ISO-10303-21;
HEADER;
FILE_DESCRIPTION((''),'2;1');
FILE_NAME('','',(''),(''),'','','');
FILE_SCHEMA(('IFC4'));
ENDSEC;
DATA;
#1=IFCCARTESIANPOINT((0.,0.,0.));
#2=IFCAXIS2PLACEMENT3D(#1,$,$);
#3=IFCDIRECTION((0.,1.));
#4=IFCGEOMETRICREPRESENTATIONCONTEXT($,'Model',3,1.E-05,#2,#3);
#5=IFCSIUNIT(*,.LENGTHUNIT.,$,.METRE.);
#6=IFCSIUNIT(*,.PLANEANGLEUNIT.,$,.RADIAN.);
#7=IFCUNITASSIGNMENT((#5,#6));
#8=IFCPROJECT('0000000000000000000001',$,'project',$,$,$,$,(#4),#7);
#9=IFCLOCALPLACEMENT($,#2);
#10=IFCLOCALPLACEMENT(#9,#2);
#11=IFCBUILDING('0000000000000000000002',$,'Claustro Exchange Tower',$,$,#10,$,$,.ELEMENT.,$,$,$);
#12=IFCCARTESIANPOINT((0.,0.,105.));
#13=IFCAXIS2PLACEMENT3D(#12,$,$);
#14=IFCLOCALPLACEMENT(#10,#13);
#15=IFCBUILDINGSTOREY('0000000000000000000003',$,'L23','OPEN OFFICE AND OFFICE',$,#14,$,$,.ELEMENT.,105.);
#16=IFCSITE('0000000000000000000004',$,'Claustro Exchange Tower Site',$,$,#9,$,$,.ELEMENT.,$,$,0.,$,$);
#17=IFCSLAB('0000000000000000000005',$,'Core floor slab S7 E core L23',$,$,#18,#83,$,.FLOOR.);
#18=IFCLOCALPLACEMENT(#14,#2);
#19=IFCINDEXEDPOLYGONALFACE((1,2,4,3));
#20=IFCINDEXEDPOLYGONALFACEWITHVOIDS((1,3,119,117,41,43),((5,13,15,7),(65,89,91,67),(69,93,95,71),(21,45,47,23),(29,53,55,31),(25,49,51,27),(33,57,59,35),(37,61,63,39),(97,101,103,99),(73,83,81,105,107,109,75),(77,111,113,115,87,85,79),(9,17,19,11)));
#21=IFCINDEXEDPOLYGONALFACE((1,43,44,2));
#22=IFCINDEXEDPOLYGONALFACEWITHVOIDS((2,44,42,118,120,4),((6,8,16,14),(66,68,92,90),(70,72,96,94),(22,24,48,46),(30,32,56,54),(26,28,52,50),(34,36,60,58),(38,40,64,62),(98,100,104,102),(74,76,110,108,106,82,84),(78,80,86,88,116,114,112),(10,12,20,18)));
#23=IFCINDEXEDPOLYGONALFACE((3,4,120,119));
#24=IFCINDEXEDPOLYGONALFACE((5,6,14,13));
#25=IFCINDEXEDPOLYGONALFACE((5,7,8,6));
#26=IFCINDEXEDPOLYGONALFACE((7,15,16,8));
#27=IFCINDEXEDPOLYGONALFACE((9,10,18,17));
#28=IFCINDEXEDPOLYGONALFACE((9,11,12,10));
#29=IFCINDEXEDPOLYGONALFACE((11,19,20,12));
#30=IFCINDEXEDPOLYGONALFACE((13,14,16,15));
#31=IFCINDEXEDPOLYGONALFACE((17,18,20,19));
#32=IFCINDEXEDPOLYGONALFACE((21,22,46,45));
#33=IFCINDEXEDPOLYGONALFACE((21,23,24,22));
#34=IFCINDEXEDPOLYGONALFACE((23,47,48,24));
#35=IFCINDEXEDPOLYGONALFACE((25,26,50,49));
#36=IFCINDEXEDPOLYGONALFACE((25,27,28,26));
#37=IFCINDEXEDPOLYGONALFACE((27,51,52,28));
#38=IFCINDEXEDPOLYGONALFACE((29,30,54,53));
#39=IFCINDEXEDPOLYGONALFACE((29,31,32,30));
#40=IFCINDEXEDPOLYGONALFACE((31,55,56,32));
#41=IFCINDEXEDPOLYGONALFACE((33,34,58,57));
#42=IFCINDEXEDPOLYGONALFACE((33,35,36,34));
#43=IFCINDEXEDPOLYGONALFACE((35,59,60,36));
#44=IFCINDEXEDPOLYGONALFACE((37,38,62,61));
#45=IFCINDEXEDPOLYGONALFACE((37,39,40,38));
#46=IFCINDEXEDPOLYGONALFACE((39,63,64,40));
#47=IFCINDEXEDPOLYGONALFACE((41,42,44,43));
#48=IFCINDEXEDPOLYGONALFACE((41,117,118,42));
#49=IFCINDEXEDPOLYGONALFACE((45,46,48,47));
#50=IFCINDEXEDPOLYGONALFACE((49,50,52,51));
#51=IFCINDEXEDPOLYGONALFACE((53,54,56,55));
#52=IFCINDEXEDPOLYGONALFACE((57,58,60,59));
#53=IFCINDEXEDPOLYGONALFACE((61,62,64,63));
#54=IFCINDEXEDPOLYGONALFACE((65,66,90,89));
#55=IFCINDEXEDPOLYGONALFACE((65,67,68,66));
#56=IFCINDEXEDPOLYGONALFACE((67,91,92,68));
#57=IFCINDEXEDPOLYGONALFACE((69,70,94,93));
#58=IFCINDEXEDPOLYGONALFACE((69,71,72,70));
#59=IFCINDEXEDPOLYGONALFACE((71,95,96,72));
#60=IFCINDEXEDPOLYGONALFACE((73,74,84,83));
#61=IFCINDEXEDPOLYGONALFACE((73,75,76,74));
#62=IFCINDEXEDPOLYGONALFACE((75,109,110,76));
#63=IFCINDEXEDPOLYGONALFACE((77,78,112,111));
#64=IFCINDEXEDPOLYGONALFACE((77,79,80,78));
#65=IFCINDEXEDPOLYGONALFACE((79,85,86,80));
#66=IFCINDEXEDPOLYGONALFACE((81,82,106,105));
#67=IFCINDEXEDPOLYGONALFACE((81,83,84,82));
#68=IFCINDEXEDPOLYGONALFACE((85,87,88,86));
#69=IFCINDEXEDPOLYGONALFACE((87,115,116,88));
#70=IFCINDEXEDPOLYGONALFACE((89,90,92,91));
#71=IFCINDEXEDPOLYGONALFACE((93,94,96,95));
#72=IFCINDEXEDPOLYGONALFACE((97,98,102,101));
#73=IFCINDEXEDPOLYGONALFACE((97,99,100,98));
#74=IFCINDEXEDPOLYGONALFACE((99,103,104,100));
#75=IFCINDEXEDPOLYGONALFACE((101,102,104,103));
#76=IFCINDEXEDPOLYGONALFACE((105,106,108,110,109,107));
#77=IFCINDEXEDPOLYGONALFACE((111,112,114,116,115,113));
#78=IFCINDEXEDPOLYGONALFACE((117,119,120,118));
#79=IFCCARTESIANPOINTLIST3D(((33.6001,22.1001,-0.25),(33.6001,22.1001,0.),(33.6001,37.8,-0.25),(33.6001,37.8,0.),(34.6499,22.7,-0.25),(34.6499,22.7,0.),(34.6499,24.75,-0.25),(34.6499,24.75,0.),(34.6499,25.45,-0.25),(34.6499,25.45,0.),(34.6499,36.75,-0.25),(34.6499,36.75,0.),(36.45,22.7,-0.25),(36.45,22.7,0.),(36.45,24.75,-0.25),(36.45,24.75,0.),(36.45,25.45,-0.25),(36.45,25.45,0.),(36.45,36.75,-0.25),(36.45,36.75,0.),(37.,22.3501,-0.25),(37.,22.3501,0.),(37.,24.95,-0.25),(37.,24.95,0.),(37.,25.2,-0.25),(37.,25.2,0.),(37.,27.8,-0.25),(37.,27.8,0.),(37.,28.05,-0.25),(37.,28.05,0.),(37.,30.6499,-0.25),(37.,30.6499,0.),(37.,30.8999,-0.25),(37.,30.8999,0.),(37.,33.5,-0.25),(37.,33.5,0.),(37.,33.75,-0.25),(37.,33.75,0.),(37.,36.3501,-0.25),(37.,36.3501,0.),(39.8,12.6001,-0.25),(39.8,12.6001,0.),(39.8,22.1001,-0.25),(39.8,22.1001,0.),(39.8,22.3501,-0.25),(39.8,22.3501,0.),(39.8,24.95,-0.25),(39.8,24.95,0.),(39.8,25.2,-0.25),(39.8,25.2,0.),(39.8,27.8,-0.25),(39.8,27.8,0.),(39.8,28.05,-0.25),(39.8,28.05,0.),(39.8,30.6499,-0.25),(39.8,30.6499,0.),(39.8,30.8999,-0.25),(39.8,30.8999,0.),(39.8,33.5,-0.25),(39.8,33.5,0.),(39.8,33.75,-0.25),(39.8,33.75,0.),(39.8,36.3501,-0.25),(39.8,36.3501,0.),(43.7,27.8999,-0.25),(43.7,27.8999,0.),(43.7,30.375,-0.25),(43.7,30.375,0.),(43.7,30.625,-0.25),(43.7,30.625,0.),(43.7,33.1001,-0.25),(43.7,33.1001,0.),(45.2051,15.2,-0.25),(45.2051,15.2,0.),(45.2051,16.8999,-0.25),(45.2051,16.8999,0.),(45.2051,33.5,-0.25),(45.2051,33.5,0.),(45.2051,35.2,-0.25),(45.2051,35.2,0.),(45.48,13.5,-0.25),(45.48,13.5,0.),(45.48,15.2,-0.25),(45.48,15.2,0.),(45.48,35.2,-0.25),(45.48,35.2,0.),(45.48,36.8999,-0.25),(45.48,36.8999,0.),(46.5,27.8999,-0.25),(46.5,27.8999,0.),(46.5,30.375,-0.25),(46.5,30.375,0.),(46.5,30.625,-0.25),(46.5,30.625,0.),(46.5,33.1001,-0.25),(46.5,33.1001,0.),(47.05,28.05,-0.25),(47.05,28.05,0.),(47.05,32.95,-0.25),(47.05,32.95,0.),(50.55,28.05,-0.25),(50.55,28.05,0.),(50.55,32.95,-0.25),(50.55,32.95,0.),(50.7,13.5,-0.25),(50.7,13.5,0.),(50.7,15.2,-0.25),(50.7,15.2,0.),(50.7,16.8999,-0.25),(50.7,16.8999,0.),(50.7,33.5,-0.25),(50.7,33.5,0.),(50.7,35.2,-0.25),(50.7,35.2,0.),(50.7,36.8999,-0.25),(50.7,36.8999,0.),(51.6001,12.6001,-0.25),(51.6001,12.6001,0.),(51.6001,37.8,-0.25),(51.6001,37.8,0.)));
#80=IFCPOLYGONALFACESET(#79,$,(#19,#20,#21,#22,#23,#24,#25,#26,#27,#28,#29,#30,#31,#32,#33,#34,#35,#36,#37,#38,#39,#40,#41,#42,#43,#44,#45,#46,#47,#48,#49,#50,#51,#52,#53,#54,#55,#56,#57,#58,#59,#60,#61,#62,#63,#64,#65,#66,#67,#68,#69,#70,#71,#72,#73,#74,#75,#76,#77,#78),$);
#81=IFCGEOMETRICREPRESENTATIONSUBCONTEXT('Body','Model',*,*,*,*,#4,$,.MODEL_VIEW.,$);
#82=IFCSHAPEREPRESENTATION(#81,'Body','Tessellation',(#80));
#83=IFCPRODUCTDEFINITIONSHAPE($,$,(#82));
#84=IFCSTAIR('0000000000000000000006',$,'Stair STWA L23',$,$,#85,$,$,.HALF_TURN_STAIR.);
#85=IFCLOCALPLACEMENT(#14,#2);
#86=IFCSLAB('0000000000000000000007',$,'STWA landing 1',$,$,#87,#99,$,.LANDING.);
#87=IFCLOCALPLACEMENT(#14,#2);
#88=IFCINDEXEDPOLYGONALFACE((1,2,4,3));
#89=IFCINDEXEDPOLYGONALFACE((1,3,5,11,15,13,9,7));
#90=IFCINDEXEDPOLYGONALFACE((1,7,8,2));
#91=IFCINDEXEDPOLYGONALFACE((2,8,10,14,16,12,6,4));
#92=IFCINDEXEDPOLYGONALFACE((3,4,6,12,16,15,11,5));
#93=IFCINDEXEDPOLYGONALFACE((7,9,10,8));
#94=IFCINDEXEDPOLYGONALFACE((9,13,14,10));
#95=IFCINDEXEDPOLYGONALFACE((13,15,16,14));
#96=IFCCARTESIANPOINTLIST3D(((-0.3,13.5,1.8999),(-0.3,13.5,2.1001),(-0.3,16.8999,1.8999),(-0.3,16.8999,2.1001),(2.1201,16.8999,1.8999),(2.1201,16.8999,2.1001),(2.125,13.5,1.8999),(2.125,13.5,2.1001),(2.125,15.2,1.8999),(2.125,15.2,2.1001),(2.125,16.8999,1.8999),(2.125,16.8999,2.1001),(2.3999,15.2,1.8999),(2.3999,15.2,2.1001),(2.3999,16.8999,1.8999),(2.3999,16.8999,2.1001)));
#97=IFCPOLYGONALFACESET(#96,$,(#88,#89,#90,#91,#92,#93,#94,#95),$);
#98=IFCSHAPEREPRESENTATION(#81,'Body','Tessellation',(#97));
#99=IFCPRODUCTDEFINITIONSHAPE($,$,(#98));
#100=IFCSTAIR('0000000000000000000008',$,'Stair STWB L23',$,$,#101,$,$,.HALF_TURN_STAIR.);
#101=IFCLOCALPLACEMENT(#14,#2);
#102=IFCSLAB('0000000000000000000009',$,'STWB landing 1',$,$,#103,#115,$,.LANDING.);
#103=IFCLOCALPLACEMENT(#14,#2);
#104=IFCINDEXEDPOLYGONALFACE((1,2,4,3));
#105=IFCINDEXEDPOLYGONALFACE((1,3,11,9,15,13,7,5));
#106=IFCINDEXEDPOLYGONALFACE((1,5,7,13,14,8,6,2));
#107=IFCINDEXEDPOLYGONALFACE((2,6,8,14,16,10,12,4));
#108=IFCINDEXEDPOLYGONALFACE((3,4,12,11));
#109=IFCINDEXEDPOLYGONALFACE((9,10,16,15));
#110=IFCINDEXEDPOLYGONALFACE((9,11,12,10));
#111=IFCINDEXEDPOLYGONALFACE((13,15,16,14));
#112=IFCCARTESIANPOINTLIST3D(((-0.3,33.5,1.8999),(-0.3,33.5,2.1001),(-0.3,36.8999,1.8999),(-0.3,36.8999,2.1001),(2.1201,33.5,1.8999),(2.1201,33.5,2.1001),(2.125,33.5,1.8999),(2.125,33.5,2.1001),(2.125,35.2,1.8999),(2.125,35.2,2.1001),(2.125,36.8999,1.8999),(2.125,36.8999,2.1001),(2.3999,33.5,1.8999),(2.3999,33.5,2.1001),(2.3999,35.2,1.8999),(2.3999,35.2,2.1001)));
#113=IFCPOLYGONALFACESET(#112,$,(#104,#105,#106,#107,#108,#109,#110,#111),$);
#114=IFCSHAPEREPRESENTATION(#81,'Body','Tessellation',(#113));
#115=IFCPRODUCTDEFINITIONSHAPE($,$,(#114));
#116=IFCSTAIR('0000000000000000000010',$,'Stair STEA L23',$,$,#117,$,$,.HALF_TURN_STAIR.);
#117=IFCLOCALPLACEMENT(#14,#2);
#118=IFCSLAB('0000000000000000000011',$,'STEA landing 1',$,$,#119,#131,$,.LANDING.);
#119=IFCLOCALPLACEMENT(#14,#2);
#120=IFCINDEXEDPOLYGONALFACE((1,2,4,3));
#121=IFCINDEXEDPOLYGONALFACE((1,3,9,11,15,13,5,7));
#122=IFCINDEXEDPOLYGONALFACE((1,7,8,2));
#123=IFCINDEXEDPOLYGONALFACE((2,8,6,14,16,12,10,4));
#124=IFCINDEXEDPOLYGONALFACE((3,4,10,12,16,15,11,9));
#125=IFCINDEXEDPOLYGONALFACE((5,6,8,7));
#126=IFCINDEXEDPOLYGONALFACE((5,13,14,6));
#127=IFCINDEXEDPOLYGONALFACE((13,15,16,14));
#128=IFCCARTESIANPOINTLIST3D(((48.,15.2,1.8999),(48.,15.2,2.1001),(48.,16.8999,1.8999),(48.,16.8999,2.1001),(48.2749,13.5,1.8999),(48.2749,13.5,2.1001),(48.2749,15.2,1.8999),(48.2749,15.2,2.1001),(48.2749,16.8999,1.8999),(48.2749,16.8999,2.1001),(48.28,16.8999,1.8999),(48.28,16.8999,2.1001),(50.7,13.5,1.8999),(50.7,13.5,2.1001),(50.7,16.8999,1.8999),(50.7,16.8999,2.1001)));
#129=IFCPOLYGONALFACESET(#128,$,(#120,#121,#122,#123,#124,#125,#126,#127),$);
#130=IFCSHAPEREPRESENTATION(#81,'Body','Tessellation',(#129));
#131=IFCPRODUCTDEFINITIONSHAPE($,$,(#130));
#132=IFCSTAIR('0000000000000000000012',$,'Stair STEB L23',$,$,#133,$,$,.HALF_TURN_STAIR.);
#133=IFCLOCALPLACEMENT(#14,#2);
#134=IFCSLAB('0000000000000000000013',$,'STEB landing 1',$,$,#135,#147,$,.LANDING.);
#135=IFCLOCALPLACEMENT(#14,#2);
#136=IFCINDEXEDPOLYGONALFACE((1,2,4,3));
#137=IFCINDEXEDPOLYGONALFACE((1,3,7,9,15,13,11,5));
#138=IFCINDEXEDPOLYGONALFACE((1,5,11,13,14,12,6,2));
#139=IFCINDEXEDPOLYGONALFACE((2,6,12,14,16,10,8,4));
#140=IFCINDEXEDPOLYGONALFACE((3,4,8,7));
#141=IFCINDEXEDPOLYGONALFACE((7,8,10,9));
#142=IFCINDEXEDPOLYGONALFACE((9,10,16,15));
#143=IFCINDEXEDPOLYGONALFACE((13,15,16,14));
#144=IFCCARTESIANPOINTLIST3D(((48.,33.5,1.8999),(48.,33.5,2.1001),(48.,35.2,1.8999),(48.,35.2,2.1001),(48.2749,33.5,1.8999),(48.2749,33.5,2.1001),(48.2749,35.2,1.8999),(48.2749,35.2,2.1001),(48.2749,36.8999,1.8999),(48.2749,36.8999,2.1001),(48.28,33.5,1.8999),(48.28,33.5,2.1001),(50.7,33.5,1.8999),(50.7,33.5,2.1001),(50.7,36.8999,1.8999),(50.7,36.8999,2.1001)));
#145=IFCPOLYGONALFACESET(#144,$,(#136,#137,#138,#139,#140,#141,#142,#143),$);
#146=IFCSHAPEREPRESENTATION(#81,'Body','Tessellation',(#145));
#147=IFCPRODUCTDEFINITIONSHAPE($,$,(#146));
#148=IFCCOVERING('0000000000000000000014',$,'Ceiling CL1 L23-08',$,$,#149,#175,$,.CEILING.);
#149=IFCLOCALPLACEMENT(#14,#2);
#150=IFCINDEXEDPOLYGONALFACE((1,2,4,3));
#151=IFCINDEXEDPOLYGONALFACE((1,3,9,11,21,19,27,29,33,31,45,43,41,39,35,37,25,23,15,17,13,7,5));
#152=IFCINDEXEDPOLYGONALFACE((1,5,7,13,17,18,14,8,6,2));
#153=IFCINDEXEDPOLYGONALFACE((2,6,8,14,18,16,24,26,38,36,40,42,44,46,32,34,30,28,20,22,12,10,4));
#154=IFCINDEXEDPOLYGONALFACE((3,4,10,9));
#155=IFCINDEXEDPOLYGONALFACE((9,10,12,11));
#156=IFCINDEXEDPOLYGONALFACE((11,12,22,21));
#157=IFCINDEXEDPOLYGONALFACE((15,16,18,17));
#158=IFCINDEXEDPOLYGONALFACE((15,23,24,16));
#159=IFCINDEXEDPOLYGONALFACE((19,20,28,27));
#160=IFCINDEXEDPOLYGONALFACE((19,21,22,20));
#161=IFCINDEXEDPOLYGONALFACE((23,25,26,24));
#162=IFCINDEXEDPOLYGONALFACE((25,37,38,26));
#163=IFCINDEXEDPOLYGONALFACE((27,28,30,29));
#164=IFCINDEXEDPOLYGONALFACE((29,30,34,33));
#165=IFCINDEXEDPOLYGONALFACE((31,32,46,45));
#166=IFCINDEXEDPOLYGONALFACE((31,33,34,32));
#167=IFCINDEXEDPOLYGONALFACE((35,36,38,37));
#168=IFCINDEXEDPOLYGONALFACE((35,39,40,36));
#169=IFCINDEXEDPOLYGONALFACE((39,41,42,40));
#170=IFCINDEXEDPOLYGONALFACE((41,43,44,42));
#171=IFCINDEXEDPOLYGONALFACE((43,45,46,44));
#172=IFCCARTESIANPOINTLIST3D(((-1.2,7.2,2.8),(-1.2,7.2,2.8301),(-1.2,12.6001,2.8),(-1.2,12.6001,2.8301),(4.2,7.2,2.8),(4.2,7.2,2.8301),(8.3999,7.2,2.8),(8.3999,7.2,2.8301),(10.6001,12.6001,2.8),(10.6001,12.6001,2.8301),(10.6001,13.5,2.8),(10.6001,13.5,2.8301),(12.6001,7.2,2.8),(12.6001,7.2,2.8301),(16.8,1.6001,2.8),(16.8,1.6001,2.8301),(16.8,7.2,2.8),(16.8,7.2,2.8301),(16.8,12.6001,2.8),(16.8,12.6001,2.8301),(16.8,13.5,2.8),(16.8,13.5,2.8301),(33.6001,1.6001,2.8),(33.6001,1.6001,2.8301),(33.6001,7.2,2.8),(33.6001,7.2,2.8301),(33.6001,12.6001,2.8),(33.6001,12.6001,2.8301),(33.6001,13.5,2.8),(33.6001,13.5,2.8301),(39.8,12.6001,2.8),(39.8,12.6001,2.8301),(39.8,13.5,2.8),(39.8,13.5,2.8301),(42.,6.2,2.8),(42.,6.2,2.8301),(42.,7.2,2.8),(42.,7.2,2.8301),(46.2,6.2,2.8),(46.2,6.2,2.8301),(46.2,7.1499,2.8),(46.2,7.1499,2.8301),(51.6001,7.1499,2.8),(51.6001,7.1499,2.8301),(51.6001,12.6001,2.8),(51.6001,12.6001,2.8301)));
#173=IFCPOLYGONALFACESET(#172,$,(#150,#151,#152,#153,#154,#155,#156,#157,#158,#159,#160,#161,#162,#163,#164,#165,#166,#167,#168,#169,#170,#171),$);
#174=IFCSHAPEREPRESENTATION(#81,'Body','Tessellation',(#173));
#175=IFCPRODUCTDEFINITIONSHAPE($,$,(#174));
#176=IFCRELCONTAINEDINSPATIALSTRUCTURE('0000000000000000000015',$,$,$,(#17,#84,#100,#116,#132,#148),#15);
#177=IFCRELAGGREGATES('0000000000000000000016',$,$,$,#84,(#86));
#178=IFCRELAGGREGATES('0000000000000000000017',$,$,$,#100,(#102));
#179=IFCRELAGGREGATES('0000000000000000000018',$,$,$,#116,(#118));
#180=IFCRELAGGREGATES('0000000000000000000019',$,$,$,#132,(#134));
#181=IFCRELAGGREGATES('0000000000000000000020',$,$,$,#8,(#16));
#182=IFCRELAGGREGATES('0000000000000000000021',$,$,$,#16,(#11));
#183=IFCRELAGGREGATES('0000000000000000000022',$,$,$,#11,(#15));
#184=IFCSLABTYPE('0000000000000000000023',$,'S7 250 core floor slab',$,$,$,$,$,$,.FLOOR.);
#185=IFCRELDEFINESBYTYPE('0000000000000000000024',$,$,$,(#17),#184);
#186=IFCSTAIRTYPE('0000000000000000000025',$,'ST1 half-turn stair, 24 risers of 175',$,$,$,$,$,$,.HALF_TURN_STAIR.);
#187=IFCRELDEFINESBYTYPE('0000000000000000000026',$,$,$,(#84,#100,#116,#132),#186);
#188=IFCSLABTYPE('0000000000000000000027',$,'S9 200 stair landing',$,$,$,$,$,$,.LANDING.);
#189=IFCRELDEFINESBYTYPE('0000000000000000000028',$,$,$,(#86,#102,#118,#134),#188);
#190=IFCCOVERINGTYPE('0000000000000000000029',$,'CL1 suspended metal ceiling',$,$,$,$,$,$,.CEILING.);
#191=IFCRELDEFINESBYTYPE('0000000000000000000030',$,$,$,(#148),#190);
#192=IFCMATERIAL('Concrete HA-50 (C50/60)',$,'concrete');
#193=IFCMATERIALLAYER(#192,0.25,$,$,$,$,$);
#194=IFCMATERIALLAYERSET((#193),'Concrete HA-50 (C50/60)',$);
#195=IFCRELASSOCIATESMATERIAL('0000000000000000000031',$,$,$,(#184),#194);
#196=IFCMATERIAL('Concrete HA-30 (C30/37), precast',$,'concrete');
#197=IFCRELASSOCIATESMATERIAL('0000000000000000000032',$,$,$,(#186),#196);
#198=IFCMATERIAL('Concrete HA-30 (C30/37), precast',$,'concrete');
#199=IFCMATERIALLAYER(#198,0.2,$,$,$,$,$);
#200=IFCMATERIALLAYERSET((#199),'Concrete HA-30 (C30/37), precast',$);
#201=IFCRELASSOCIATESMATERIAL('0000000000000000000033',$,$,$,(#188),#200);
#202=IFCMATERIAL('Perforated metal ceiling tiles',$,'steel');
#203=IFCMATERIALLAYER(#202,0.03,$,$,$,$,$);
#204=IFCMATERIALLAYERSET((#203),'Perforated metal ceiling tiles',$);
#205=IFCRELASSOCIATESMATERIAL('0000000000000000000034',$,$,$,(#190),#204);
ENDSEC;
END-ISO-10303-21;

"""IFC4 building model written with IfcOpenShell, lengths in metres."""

from ifc_helpers import new_model, si_unit, direction, frame, origin, place, context, subcontext, project, spatial, polyline, outline, extrude, material, layer, layer_set, type_object, element, aggregate, save


model = new_model("IFC4")

# Units and contexts
model_context = context("Model", 3, precision=1e-05, world=origin(), true_north=direction((0.0, 1.0)))
body_context = subcontext(model_context, "Body", "Model", "MODEL_VIEW")
ifc_project = project(units=[si_unit("LENGTHUNIT", "METRE"), si_unit("PLANEANGLEUNIT", "RADIAN")], contexts=[model_context])

# Site, building, storey
site_placement = place(None, origin())
site = spatial("IfcSite", under=ifc_project, at=site_placement, Name="Claustro Exchange Tower Site", CompositionType="ELEMENT", RefElevation=0.0)
building_placement = place(site_placement, origin())
building = spatial("IfcBuilding", under=site, at=building_placement, Name="Claustro Exchange Tower", CompositionType="ELEMENT")
storey_placement = place(building_placement, frame((0.0, 0.0, 105.0)))
storey = spatial("IfcBuildingStorey", under=building, at=storey_placement, Name="L23", Description="OPEN OFFICE AND OFFICE", CompositionType="ELEMENT", Elevation=105.0)

# Slab
ifc_material_1 = material(Name="Concrete HA-50 (C50/60)", Category="concrete")
ifc_layer_1 = layer(ifc_material_1, 0.25)
ifc_layer_set_1 = layer_set([ifc_layer_1], Name="Concrete HA-50 (C50/60)")
slab_type_1 = type_object("IfcSlabType", Name="S7 250 core floor slab", PredefinedType="FLOOR", material=ifc_layer_set_1)
slab_1_placement = place(storey_placement, frame((0.0, 0.0, -0.25)))
element("IfcSlab", 1, at=slab_1_placement, inside=storey, type_object=slab_type_1, Name="Core floor slab S7 E core L23", PredefinedType="FLOOR", context=body_context, shape_type="SweptSolid", body=[
    extrude(outline(polyline([(51.6001, 37.8), (33.6001, 37.8), (33.6001, 22.1001), (39.8, 22.1001), (39.8, 12.6001), (51.6001, 12.6001), (51.6001, 37.8)]), holes=[polyline([(45.48, 15.2), (45.2051, 15.2), (45.2051, 16.8999), (50.7, 16.8999), (50.7, 15.2), (50.7, 13.5), (45.48, 13.5), (45.48, 15.2)]), polyline([(45.48, 35.2), (45.48, 36.8999), (50.7, 36.8999), (50.7, 35.2), (50.7, 33.5), (45.2051, 33.5), (45.2051, 35.2), (45.48, 35.2)]), polyline([(50.55, 32.95), (50.55, 28.05), (47.05, 28.05), (47.05, 32.95), (50.55, 32.95)]), polyline([(43.7, 33.1001), (46.5, 33.1001), (46.5, 30.625), (43.7, 30.625), (43.7, 33.1001)]), polyline([(46.5, 30.375), (46.5, 27.8999), (43.7, 27.8999), (43.7, 30.375), (46.5, 30.375)]), polyline([(37.0, 24.95), (39.8, 24.95), (39.8, 22.3501), (37.0, 22.3501), (37.0, 24.95)]), polyline([(37.0, 30.6499), (39.8, 30.6499), (39.8, 28.05), (37.0, 28.05), (37.0, 30.6499)]), polyline([(39.8, 27.8), (39.8, 25.2), (37.0, 25.2), (37.0, 27.8), (39.8, 27.8)]), polyline([(39.8, 33.5), (39.8, 30.8999), (37.0, 30.8999), (37.0, 33.5), (39.8, 33.5)]), polyline([(39.8, 36.3501), (39.8, 33.75), (37.0, 33.75), (37.0, 36.3501), (39.8, 36.3501)]), polyline([(36.45, 24.75), (36.45, 22.7), (34.6499, 22.7), (34.6499, 24.75), (36.45, 24.75)]), polyline([(36.45, 36.75), (36.45, 25.45), (34.6499, 25.45), (34.6499, 36.75), (36.45, 36.75)])]), origin(), (0.0, 0.0, 1.0), 0.25),
])

# Stairs, slabs
ifc_material_2 = material(Name="Concrete HA-30 (C30/37), precast", Category="concrete")
stair_type = type_object("IfcStairType", Name="ST1 half-turn stair, 24 risers of 175", PredefinedType="HALF_TURN_STAIR", material=ifc_material_2)
stair_1_placement = place(storey_placement, origin())
stair_1 = element("IfcStair", 2, at=stair_1_placement, inside=storey, type_object=stair_type, Name="Stair STWA L23", PredefinedType="HALF_TURN_STAIR")
ifc_material_3 = material(Name="Concrete HA-30 (C30/37), precast", Category="concrete")
ifc_layer_2 = layer(ifc_material_3, 0.2)
ifc_layer_set_2 = layer_set([ifc_layer_2], Name="Concrete HA-30 (C30/37), precast")
slab_type_2 = type_object("IfcSlabType", Name="S9 200 stair landing", PredefinedType="LANDING", material=ifc_layer_set_2)
slab_2_placement = place(storey_placement, frame((0.0, 0.0, 1.8999)))
slab_2 = element("IfcSlab", 3, at=slab_2_placement, type_object=slab_type_2, Name="STWA landing 1", PredefinedType="LANDING", context=body_context, shape_type="SweptSolid", body=[
    extrude(outline(polyline([(2.125, 13.5), (-0.3, 13.5), (-0.3, 16.8999), (2.1201, 16.8999), (2.125, 16.8999), (2.3999, 16.8999), (2.3999, 15.2), (2.125, 15.2), (2.125, 13.5)])), origin(), (0.0, 0.0, 1.0), 0.2002),
])
aggregate(stair_1, [slab_2])
stair_2_placement = place(storey_placement, origin())
stair_2 = element("IfcStair", 4, at=stair_2_placement, inside=storey, type_object=stair_type, Name="Stair STWB L23", PredefinedType="HALF_TURN_STAIR")
slab_3_placement = place(storey_placement, frame((0.0, 0.0, 1.8999)))
slab_3 = element("IfcSlab", 5, at=slab_3_placement, type_object=slab_type_2, Name="STWB landing 1", PredefinedType="LANDING", context=body_context, shape_type="SweptSolid", body=[
    extrude(outline(polyline([(2.3999, 35.2), (2.3999, 33.5), (2.125, 33.5), (2.1201, 33.5), (-0.3, 33.5), (-0.3, 36.8999), (2.125, 36.8999), (2.125, 35.2), (2.3999, 35.2)])), origin(), (0.0, 0.0, 1.0), 0.2002),
])
aggregate(stair_2, [slab_3])
stair_3_placement = place(storey_placement, origin())
stair_3 = element("IfcStair", 6, at=stair_3_placement, inside=storey, type_object=stair_type, Name="Stair STEA L23", PredefinedType="HALF_TURN_STAIR")
slab_4_placement = place(storey_placement, frame((0.0, 0.0, 1.8999)))
slab_4 = element("IfcSlab", 7, at=slab_4_placement, type_object=slab_type_2, Name="STEA landing 1", PredefinedType="LANDING", context=body_context, shape_type="SweptSolid", body=[
    extrude(outline(polyline([(50.7, 16.8999), (50.7, 13.5), (48.2749, 13.5), (48.2749, 15.2), (48.0, 15.2), (48.0, 16.8999), (48.2749, 16.8999), (48.28, 16.8999), (50.7, 16.8999)])), origin(), (0.0, 0.0, 1.0), 0.2002),
])
aggregate(stair_3, [slab_4])
stair_4_placement = place(storey_placement, origin())
stair_4 = element("IfcStair", 8, at=stair_4_placement, inside=storey, type_object=stair_type, Name="Stair STEB L23", PredefinedType="HALF_TURN_STAIR")
slab_5_placement = place(storey_placement, frame((0.0, 0.0, 1.8999)))
slab_5 = element("IfcSlab", 9, at=slab_5_placement, type_object=slab_type_2, Name="STEB landing 1", PredefinedType="LANDING", context=body_context, shape_type="SweptSolid", body=[
    extrude(outline(polyline([(48.0, 33.5), (48.0, 35.2), (48.2749, 35.2), (48.2749, 36.8999), (50.7, 36.8999), (50.7, 33.5), (48.28, 33.5), (48.2749, 33.5), (48.0, 33.5)])), origin(), (0.0, 0.0, 1.0), 0.2002),
])
aggregate(stair_4, [slab_5])

# Covering
ifc_material_4 = material(Name="Perforated metal ceiling tiles", Category="steel")
ifc_layer_3 = layer(ifc_material_4, 0.03)
ifc_layer_set_3 = layer_set([ifc_layer_3], Name="Perforated metal ceiling tiles")
covering_type_1 = type_object("IfcCoveringType", Name="CL1 suspended metal ceiling", PredefinedType="CEILING", material=ifc_layer_set_3)
covering_1_placement = place(storey_placement, frame((0.0, 0.0, 2.8)))
element("IfcCovering", 10, at=covering_1_placement, inside=storey, type_object=covering_type_1, Name="Ceiling CL1 L23-08", PredefinedType="CEILING", context=body_context, shape_type="SweptSolid", body=[
    extrude(outline(polyline([(-1.2, 12.6001), (-1.2, 7.2), (4.2, 7.2), (8.3999, 7.2), (12.6001, 7.2), (16.8, 7.2), (16.8, 1.6001), (33.6001, 1.6001), (33.6001, 7.2), (42.0, 7.2), (42.0, 6.2), (46.2, 6.2), (46.2, 7.1499), (51.6001, 7.1499), (51.6001, 12.6001), (39.8, 12.6001), (39.8, 13.5), (33.6001, 13.5), (33.6001, 12.6001), (16.8, 12.6001), (16.8, 13.5), (10.6001, 13.5), (10.6001, 12.6001), (-1.2, 12.6001)])), origin(), (0.0, 0.0, 1.0), 0.03),
])

save(model, "model.ifc")
